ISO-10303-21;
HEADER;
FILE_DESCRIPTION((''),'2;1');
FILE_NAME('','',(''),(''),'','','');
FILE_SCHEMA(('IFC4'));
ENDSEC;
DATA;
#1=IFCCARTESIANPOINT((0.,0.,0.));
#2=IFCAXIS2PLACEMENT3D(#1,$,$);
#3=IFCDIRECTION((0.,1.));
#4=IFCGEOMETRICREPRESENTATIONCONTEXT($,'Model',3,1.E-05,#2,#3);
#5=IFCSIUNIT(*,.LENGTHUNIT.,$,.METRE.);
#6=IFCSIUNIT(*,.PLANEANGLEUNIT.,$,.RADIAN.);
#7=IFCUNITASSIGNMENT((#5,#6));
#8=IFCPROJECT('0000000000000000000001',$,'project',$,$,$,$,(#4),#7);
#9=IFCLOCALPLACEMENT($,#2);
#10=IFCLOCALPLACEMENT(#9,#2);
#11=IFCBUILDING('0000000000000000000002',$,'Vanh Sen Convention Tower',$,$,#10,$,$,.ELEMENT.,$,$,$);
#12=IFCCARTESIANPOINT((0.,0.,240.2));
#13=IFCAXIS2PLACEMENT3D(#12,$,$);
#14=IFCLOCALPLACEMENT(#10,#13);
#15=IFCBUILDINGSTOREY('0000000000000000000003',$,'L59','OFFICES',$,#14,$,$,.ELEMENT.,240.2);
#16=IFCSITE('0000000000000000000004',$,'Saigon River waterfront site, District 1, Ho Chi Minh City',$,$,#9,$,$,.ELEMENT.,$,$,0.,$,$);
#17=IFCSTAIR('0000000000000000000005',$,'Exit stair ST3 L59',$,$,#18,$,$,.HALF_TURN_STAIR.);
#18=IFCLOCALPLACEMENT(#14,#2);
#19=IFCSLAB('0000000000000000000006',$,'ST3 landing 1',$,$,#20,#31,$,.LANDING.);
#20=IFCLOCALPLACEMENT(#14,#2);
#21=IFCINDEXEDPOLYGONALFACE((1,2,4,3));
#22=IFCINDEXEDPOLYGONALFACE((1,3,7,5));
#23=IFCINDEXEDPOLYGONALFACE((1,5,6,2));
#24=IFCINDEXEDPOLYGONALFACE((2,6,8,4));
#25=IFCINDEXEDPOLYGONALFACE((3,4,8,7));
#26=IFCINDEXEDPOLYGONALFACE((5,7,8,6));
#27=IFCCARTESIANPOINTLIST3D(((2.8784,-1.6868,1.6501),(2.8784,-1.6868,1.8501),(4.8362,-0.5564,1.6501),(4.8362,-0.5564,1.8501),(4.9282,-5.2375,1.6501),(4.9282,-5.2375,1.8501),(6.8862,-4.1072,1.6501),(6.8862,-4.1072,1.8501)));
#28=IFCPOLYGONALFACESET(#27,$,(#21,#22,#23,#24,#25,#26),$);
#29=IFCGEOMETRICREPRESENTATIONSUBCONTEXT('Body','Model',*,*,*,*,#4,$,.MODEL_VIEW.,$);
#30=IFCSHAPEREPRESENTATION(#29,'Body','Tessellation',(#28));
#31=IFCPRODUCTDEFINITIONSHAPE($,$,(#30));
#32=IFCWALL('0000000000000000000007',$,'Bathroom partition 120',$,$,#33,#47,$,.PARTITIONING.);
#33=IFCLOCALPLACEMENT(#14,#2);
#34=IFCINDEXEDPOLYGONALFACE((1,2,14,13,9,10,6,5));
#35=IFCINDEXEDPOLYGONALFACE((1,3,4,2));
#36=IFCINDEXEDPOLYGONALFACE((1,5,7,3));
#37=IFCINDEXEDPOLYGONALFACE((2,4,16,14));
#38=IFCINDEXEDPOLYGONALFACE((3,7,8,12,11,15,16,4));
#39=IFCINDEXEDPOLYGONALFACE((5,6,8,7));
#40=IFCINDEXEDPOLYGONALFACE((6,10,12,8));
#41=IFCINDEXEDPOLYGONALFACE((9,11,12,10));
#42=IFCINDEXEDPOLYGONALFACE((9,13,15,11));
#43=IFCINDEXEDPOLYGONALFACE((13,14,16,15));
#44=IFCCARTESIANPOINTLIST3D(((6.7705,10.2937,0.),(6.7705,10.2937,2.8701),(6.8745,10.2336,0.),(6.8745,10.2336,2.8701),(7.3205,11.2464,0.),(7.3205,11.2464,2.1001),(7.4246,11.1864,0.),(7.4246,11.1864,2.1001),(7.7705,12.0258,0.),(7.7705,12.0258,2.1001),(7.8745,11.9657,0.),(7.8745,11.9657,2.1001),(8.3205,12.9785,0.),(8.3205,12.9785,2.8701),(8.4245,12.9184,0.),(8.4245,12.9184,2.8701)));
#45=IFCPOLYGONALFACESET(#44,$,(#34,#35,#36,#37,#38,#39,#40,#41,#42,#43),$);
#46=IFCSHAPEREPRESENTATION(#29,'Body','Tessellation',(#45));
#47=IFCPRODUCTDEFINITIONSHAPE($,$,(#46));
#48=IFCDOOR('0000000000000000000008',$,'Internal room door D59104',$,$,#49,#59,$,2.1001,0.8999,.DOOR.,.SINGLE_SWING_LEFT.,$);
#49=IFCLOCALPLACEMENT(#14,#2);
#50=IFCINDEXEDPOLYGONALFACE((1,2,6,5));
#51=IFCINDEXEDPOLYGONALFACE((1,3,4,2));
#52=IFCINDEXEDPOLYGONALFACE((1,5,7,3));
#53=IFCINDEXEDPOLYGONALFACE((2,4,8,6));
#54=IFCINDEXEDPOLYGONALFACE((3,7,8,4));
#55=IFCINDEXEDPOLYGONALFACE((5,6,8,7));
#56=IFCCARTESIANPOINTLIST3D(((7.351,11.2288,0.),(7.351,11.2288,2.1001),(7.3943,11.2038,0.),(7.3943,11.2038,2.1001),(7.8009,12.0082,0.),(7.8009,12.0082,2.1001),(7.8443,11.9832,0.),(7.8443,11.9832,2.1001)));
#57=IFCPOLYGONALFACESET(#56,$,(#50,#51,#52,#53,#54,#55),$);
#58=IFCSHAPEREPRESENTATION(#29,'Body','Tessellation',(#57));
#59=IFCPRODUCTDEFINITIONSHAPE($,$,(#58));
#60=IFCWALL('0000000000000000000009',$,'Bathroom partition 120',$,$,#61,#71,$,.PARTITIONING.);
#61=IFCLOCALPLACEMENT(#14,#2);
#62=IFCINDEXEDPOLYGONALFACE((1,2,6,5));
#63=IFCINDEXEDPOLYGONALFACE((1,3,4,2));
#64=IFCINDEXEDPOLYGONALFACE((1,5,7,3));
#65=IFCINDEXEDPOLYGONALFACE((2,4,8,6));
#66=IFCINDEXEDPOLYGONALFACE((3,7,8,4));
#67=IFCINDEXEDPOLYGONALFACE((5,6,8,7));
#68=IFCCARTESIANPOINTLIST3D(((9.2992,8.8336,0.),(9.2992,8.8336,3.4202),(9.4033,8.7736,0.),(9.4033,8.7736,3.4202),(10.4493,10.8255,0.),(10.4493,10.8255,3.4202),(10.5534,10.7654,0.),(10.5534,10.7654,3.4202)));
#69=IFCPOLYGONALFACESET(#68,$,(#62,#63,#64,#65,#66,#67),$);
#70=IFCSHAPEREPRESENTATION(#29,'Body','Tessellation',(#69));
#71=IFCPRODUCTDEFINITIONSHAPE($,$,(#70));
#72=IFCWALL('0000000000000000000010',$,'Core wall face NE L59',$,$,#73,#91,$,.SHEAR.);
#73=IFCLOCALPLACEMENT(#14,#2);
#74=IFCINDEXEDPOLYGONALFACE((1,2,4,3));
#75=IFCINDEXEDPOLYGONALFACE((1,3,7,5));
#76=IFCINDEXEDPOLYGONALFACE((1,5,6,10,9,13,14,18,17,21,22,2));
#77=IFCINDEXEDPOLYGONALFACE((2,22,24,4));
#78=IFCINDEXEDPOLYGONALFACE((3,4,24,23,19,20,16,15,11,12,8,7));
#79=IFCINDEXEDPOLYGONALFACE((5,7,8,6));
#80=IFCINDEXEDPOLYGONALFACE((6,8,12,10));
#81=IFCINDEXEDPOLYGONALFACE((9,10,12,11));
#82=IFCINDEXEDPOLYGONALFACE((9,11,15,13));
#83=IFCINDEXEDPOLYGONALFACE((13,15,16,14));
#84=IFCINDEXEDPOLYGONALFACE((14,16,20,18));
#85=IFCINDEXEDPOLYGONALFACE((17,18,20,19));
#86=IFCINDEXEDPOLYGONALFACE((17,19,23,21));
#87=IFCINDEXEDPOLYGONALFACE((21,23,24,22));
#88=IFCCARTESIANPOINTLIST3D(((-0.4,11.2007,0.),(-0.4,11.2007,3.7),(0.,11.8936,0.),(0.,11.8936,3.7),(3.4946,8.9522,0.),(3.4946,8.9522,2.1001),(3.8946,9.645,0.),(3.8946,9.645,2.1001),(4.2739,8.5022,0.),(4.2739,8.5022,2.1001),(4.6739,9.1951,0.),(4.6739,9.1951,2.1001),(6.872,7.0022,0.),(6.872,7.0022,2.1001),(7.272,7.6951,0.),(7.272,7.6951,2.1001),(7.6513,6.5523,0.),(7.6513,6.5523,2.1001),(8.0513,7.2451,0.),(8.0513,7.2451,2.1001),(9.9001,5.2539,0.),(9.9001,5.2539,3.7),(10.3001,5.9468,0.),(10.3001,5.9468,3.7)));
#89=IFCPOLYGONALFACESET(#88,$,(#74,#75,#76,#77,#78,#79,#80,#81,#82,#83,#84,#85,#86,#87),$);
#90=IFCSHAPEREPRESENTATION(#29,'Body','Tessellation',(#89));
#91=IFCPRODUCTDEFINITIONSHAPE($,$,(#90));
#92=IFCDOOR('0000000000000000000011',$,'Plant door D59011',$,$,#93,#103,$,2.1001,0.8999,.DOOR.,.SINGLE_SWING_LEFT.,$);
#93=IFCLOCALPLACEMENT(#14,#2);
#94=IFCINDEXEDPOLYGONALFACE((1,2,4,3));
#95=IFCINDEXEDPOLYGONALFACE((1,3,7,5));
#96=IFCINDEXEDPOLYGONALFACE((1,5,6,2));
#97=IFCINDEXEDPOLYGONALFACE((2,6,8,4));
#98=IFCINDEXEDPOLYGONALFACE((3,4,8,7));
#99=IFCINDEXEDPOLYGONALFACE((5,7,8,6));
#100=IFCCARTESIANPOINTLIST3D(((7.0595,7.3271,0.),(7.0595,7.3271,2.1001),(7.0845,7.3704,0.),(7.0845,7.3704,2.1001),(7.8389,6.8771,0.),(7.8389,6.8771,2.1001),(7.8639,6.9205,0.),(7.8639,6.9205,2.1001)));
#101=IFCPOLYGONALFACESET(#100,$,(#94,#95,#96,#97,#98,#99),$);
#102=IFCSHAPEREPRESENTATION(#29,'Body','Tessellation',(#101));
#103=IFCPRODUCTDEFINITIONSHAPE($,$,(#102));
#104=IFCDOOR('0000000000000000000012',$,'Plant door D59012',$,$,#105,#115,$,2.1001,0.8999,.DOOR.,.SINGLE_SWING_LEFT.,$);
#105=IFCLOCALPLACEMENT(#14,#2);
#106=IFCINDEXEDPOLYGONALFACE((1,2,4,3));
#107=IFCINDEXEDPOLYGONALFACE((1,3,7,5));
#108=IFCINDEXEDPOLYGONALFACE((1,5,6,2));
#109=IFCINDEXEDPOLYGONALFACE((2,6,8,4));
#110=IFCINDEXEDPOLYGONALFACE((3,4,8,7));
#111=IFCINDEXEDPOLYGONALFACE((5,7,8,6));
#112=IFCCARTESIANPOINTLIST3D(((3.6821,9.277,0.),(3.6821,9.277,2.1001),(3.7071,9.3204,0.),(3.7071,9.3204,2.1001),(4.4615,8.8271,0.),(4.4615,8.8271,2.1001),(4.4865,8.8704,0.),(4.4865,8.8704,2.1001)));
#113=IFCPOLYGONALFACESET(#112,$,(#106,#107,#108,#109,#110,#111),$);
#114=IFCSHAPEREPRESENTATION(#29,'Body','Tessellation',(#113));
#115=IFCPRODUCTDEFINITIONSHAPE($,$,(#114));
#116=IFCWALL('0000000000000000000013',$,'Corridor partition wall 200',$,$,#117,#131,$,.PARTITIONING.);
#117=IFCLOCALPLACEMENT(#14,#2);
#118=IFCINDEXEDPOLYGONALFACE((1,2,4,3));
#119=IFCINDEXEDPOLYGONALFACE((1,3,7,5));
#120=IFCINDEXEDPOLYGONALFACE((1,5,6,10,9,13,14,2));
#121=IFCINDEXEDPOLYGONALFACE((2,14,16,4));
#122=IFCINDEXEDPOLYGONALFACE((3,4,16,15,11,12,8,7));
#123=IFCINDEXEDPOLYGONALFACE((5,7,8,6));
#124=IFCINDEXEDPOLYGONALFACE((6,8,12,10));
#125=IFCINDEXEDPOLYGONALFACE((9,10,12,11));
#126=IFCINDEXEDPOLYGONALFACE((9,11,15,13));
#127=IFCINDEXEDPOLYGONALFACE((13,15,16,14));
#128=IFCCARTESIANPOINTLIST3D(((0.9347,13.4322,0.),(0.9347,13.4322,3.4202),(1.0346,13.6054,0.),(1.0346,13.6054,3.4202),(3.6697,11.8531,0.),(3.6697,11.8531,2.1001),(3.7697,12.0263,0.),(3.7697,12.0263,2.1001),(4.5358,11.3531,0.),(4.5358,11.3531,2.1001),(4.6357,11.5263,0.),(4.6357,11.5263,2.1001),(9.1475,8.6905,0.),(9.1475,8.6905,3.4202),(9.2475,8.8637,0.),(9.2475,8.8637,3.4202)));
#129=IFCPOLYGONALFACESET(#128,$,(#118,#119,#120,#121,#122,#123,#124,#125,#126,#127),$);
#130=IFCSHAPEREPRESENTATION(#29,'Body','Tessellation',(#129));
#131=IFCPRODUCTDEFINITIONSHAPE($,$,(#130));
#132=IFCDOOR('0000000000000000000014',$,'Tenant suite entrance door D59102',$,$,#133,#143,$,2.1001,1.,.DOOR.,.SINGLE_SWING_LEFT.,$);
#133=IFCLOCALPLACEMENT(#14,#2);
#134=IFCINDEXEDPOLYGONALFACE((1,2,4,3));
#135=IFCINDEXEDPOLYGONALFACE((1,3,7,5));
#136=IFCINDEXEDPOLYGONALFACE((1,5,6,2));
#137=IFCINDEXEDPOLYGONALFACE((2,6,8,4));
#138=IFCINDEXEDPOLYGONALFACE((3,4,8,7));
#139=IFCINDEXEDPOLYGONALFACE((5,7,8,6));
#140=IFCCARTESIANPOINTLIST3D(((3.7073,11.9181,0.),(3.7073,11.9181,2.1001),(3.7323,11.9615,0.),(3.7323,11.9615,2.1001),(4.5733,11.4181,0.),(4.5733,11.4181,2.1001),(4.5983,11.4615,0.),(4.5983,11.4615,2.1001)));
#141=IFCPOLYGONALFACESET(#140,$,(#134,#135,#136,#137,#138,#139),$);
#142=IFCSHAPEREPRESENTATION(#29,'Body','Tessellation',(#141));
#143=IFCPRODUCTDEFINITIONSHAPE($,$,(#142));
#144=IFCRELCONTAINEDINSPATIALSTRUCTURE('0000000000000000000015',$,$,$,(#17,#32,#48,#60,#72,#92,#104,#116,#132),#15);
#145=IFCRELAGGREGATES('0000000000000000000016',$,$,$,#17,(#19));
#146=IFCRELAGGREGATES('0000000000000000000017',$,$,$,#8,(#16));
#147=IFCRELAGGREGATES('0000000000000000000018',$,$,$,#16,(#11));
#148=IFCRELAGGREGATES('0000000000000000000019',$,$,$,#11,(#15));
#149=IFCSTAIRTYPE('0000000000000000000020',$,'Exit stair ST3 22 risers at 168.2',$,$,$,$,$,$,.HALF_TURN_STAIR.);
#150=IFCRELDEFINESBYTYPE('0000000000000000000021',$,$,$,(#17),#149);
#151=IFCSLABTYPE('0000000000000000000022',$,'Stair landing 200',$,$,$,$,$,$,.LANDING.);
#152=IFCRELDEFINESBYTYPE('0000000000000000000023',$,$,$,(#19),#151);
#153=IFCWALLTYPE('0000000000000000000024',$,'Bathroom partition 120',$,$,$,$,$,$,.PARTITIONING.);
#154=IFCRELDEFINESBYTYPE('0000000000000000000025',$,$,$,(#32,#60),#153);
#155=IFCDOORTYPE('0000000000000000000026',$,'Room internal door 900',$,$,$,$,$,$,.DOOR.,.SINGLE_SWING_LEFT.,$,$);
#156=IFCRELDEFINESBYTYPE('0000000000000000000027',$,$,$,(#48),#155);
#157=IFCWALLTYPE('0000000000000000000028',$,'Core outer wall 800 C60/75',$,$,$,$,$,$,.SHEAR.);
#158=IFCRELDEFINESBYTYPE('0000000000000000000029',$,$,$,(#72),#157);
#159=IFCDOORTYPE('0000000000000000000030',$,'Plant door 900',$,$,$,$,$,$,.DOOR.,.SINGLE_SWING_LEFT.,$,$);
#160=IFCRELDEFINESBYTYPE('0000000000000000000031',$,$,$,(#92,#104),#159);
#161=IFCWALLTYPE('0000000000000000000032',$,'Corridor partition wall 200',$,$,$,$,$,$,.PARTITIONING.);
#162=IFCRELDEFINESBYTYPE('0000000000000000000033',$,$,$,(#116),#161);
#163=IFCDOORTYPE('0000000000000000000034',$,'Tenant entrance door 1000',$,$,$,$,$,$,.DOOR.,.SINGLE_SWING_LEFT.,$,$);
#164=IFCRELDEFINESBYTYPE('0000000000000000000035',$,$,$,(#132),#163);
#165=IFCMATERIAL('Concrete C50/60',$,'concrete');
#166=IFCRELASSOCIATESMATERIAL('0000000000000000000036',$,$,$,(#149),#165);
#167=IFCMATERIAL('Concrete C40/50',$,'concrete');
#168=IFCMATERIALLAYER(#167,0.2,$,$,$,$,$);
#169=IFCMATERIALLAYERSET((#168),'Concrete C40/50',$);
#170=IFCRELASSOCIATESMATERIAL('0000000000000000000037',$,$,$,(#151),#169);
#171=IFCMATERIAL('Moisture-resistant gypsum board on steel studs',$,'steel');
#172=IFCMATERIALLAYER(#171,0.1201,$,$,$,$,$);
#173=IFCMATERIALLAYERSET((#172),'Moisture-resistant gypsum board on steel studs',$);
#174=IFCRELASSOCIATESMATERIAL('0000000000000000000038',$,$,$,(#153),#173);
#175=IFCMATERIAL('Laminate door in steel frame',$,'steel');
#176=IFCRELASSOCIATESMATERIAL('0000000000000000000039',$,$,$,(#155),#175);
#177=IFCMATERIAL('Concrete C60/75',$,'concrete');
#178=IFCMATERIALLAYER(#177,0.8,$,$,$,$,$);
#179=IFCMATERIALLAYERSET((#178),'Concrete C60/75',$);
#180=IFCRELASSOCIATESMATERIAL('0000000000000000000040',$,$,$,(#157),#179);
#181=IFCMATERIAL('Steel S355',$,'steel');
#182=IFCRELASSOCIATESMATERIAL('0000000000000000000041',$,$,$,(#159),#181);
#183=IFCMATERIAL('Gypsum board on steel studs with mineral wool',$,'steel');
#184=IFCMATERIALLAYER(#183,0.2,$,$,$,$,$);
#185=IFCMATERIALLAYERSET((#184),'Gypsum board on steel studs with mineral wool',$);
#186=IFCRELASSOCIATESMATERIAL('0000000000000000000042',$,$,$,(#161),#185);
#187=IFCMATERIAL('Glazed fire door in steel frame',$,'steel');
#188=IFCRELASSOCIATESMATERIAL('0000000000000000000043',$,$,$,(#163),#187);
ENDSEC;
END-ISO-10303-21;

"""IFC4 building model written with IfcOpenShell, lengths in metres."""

from ifc_helpers import new_model, si_unit, direction, frame, frame_2d, origin, place, context, subcontext, project, spatial, polyline, rectangle, outline, extrude, material, layer, layer_set, type_object, element, fill, aggregate, save


model = new_model("IFC4")

# Units and contexts
model_context = context("Model", 3, precision=1e-05, world=origin(), true_north=direction((0.0, 1.0)))
body_context = subcontext(model_context, "Body", "Model", "MODEL_VIEW")
ifc_project = project(units=[si_unit("LENGTHUNIT", "METRE"), si_unit("PLANEANGLEUNIT", "RADIAN")], contexts=[model_context])

# Site, building, storey
site_placement = place(None, origin())
site = spatial("IfcSite", under=ifc_project, at=site_placement, Name="Saigon River waterfront site, District 1, Ho Chi Minh City", CompositionType="ELEMENT", RefElevation=0.0)
building_placement = place(site_placement, origin())
building = spatial("IfcBuilding", under=site, at=building_placement, Name="Vanh Sen Convention Tower", CompositionType="ELEMENT")
storey_placement = place(building_placement, frame((0.0, 0.0, 240.2)))
storey = spatial("IfcBuildingStorey", under=building, at=storey_placement, Name="L59", Description="OFFICES", CompositionType="ELEMENT", Elevation=240.2)

# Stair, slab
ifc_material_1 = material(Name="Concrete C50/60", Category="concrete")
stair_type = type_object("IfcStairType", Name="Exit stair ST3 22 risers at 168.2", PredefinedType="HALF_TURN_STAIR", material=ifc_material_1)
stair_placement = place(storey_placement, origin())
stair = element("IfcStair", 1, at=stair_placement, inside=storey, type_object=stair_type, Name="Exit stair ST3 L59", PredefinedType="HALF_TURN_STAIR")
ifc_material_2 = material(Name="Concrete C40/50", Category="concrete")
ifc_layer_1 = layer(ifc_material_2, 0.2)
ifc_layer_set_1 = layer_set([ifc_layer_1], Name="Concrete C40/50")
slab_type = type_object("IfcSlabType", Name="Stair landing 200", PredefinedType="LANDING", material=ifc_layer_set_1)
slab_placement = place(storey_placement, frame((0.0, 0.0, 1.6501)))
slab = element("IfcSlab", 2, at=slab_placement, type_object=slab_type, Name="ST3 landing 1", PredefinedType="LANDING", context=body_context, shape_type="SweptSolid", body=[
    extrude(outline(polyline([(4.9282, -5.2375), (6.8862, -4.1072), (4.8362, -0.5564), (2.8784, -1.6868), (4.9282, -5.2375)])), origin(), (0.0, 0.0, 1.0), 0.2),
])
aggregate(stair, [slab])

# Wall, opening, door
ifc_material_3 = material(Name="Moisture-resistant gypsum board on steel studs", Category="steel")
ifc_layer_2 = layer(ifc_material_3, 0.1201)
ifc_layer_set_2 = layer_set([ifc_layer_2], Name="Moisture-resistant gypsum board on steel studs")
wall_type_1 = type_object("IfcWallType", Name="Bathroom partition 120", PredefinedType="PARTITIONING", material=ifc_layer_set_2)
wall_1_placement = place(storey_placement, frame((6.8225, 10.2637, 0.0), z_axis=(0.0, 0.0, 1.0), x_axis=(0.499993, 0.86603, 0.0)))
wall_1 = element("IfcWall", 3, at=wall_1_placement, inside=storey, type_object=wall_type_1, Name="Bathroom partition 120", PredefinedType="PARTITIONING", context=body_context, shape_type="SweptSolid", body=[
    extrude(rectangle(XDim=3.1001, YDim=0.1201, at=frame_2d((1.55, 0.0))), origin(), (0.0, 0.0, 1.0), 2.8701),
])
opening_1_placement = place(wall_1_placement, frame((1.1001, 0.0, 0.0)))
opening_1 = element("IfcOpeningElement", 4, at=opening_1_placement, cuts=wall_1, PredefinedType="OPENING", context=body_context, shape_type="SweptSolid", body=[
    extrude(rectangle(XDim=0.8999, YDim=2.1001, at=frame_2d((0.45, 1.05))), frame((0.0, 0.0701, 0.0), z_axis=(0.0, -1.0, 0.0), x_axis=(1.0, 0.0, 0.0)), (0.0, 0.0, 1.0), 0.1401),
])
ifc_material_4 = material(Name="Laminate door in steel frame", Category="steel")
door_type_1 = type_object("IfcDoorType", Name="Room internal door 900", OperationType="SINGLE_SWING_LEFT", PredefinedType="DOOR", material=ifc_material_4)
door_1_placement = place(opening_1_placement, origin())
door_1 = element("IfcDoor", 5, at=door_1_placement, inside=storey, type_object=door_type_1, Name="Internal room door D59104", OperationType="SINGLE_SWING_LEFT", OverallHeight=2.1001, OverallWidth=0.8999, PredefinedType="DOOR", context=body_context, shape_type="SweptSolid", body=[
    extrude(rectangle(XDim=0.8999, YDim=2.1001, at=frame_2d((0.45, 1.05))), frame((0.0, 0.0249, 0.0), z_axis=(0.0, -1.0, 0.0), x_axis=(1.0, 0.0, 0.0)), (0.0, 0.0, 1.0), 0.05),
])
fill(opening_1, door_1)

# Wall
wall_2_placement = place(storey_placement, frame((9.3513, 8.8037, 0.0), z_axis=(0.0, 0.0, 1.0), x_axis=(0.500032, 0.866007, 0.0)))
element("IfcWall", 6, at=wall_2_placement, inside=storey, type_object=wall_type_1, Name="Bathroom partition 120", PredefinedType="PARTITIONING", context=body_context, shape_type="SweptSolid", body=[
    extrude(rectangle(XDim=2.3, YDim=0.1201, at=frame_2d((1.1499, 0.0))), origin(), (0.0, 0.0, 1.0), 3.4202),
])

# Wall, openings, doors
ifc_material_5 = material(Name="Concrete C60/75", Category="concrete")
ifc_layer_3 = layer(ifc_material_5, 0.8)
ifc_layer_set_3 = layer_set([ifc_layer_3], Name="Concrete C60/75")
wall_type_2 = type_object("IfcWallType", Name="Core outer wall 800 C60/75", PredefinedType="SHEAR", material=ifc_layer_set_3)
wall_3_placement = place(storey_placement, frame((10.1001, 5.6003, 0.0), z_axis=(0.0, 0.0, 1.0), x_axis=(-0.866024, 0.500003, 0.0)))
wall_3 = element("IfcWall", 7, at=wall_3_placement, inside=storey, type_object=wall_type_2, Name="Core wall face NE L59", PredefinedType="SHEAR", context=body_context, shape_type="SweptSolid", body=[
    extrude(rectangle(XDim=11.8936, YDim=0.8, at=frame_2d((5.9468, 0.0))), origin(), (0.0, 0.0, 1.0), 3.7),
])
opening_2_placement = place(wall_3_placement, frame((2.5967, 0.0, 0.0)))
opening_2 = element("IfcOpeningElement", 8, at=opening_2_placement, cuts=wall_3, PredefinedType="OPENING", context=body_context, shape_type="SweptSolid", body=[
    extrude(rectangle(XDim=0.8999, YDim=2.1001, at=frame_2d((0.45, 1.05))), frame((0.0, 0.4099, 0.0), z_axis=(0.0, -1.0, 0.0), x_axis=(1.0, 0.0, 0.0)), (0.0, 0.0, 1.0), 0.8201),
])
opening_3_placement = place(wall_3_placement, frame((6.4966, 0.0, 0.0)))
opening_3 = element("IfcOpeningElement", 9, at=opening_3_placement, cuts=wall_3, PredefinedType="OPENING", context=body_context, shape_type="SweptSolid", body=[
    extrude(rectangle(XDim=0.8999, YDim=2.1001, at=frame_2d((0.45, 1.05))), frame((0.0, 0.4099, 0.0), z_axis=(0.0, -1.0, 0.0), x_axis=(1.0, 0.0, 0.0)), (0.0, 0.0, 1.0), 0.8201),
])
ifc_material_6 = material(Name="Steel S355", Category="steel")
door_type_2 = type_object("IfcDoorType", Name="Plant door 900", OperationType="SINGLE_SWING_LEFT", PredefinedType="DOOR", material=ifc_material_6)
door_2_placement = place(opening_2_placement, origin())
door_2 = element("IfcDoor", 10, at=door_2_placement, inside=storey, type_object=door_type_2, Name="Plant door D59011", OperationType="SINGLE_SWING_LEFT", OverallHeight=2.1001, OverallWidth=0.8999, PredefinedType="DOOR", context=body_context, shape_type="SweptSolid", body=[
    extrude(rectangle(XDim=0.8999, YDim=2.1001, at=frame_2d((0.45, 1.05))), frame((0.0, 0.0249, 0.0), z_axis=(0.0, -1.0, 0.0), x_axis=(1.0, 0.0, 0.0)), (0.0, 0.0, 1.0), 0.05),
])
fill(opening_2, door_2)
door_3_placement = place(opening_3_placement, origin())
door_3 = element("IfcDoor", 11, at=door_3_placement, inside=storey, type_object=door_type_2, Name="Plant door D59012", OperationType="SINGLE_SWING_LEFT", OverallHeight=2.1001, OverallWidth=0.8999, PredefinedType="DOOR", context=body_context, shape_type="SweptSolid", body=[
    extrude(rectangle(XDim=0.8999, YDim=2.1001, at=frame_2d((0.45, 1.05))), frame((0.0, 0.0249, 0.0), z_axis=(0.0, -1.0, 0.0), x_axis=(1.0, 0.0, 0.0)), (0.0, 0.0, 1.0), 0.05),
])
fill(opening_3, door_3)

# Wall, opening, door
ifc_material_7 = material(Name="Gypsum board on steel studs with mineral wool", Category="steel")
ifc_layer_4 = layer(ifc_material_7, 0.2)
ifc_layer_set_4 = layer_set([ifc_layer_4], Name="Gypsum board on steel studs with mineral wool")
wall_type_3 = type_object("IfcWallType", Name="Corridor partition wall 200", PredefinedType="PARTITIONING", material=ifc_layer_set_4)
wall_4_placement = place(storey_placement, frame((9.1975, 8.7771, 0.0), z_axis=(0.0, 0.0, 1.0), x_axis=(-0.866026, 0.499999, 0.0)))
wall_4 = element("IfcWall", 12, at=wall_4_placement, inside=storey, type_object=wall_type_3, Name="Corridor partition wall 200", PredefinedType="PARTITIONING", context=body_context, shape_type="SweptSolid", body=[
    extrude(rectangle(XDim=9.4834, YDim=0.2, at=frame_2d((4.7417, 0.0))), origin(), (0.0, 0.0, 1.0), 3.4202),
])
opening_4_placement = place(wall_4_placement, frame((5.3252, 0.0, 0.0)))
opening_4 = element("IfcOpeningElement", 13, at=opening_4_placement, cuts=wall_4, PredefinedType="OPENING", context=body_context, shape_type="SweptSolid", body=[
    extrude(rectangle(XDim=1.0, YDim=2.1001, at=frame_2d((0.5, 1.05))), frame((0.0, 0.1099, 0.0), z_axis=(0.0, -1.0, 0.0), x_axis=(1.0, 0.0, 0.0)), (0.0, 0.0, 1.0), 0.22),
])
ifc_material_8 = material(Name="Glazed fire door in steel frame", Category="steel")
door_type_3 = type_object("IfcDoorType", Name="Tenant entrance door 1000", OperationType="SINGLE_SWING_LEFT", PredefinedType="DOOR", material=ifc_material_8)
door_4_placement = place(opening_4_placement, origin())
door_4 = element("IfcDoor", 14, at=door_4_placement, inside=storey, type_object=door_type_3, Name="Tenant suite entrance door D59102", OperationType="SINGLE_SWING_LEFT", OverallHeight=2.1001, OverallWidth=1.0, PredefinedType="DOOR", context=body_context, shape_type="SweptSolid", body=[
    extrude(rectangle(XDim=1.0, YDim=2.1001, at=frame_2d((0.5, 1.05))), frame((0.0, 0.0249, 0.0), z_axis=(0.0, -1.0, 0.0), x_axis=(1.0, 0.0, 0.0)), (0.0, 0.0, 1.0), 0.05),
])
fill(opening_4, door_4)

save(model, "model.ifc")
